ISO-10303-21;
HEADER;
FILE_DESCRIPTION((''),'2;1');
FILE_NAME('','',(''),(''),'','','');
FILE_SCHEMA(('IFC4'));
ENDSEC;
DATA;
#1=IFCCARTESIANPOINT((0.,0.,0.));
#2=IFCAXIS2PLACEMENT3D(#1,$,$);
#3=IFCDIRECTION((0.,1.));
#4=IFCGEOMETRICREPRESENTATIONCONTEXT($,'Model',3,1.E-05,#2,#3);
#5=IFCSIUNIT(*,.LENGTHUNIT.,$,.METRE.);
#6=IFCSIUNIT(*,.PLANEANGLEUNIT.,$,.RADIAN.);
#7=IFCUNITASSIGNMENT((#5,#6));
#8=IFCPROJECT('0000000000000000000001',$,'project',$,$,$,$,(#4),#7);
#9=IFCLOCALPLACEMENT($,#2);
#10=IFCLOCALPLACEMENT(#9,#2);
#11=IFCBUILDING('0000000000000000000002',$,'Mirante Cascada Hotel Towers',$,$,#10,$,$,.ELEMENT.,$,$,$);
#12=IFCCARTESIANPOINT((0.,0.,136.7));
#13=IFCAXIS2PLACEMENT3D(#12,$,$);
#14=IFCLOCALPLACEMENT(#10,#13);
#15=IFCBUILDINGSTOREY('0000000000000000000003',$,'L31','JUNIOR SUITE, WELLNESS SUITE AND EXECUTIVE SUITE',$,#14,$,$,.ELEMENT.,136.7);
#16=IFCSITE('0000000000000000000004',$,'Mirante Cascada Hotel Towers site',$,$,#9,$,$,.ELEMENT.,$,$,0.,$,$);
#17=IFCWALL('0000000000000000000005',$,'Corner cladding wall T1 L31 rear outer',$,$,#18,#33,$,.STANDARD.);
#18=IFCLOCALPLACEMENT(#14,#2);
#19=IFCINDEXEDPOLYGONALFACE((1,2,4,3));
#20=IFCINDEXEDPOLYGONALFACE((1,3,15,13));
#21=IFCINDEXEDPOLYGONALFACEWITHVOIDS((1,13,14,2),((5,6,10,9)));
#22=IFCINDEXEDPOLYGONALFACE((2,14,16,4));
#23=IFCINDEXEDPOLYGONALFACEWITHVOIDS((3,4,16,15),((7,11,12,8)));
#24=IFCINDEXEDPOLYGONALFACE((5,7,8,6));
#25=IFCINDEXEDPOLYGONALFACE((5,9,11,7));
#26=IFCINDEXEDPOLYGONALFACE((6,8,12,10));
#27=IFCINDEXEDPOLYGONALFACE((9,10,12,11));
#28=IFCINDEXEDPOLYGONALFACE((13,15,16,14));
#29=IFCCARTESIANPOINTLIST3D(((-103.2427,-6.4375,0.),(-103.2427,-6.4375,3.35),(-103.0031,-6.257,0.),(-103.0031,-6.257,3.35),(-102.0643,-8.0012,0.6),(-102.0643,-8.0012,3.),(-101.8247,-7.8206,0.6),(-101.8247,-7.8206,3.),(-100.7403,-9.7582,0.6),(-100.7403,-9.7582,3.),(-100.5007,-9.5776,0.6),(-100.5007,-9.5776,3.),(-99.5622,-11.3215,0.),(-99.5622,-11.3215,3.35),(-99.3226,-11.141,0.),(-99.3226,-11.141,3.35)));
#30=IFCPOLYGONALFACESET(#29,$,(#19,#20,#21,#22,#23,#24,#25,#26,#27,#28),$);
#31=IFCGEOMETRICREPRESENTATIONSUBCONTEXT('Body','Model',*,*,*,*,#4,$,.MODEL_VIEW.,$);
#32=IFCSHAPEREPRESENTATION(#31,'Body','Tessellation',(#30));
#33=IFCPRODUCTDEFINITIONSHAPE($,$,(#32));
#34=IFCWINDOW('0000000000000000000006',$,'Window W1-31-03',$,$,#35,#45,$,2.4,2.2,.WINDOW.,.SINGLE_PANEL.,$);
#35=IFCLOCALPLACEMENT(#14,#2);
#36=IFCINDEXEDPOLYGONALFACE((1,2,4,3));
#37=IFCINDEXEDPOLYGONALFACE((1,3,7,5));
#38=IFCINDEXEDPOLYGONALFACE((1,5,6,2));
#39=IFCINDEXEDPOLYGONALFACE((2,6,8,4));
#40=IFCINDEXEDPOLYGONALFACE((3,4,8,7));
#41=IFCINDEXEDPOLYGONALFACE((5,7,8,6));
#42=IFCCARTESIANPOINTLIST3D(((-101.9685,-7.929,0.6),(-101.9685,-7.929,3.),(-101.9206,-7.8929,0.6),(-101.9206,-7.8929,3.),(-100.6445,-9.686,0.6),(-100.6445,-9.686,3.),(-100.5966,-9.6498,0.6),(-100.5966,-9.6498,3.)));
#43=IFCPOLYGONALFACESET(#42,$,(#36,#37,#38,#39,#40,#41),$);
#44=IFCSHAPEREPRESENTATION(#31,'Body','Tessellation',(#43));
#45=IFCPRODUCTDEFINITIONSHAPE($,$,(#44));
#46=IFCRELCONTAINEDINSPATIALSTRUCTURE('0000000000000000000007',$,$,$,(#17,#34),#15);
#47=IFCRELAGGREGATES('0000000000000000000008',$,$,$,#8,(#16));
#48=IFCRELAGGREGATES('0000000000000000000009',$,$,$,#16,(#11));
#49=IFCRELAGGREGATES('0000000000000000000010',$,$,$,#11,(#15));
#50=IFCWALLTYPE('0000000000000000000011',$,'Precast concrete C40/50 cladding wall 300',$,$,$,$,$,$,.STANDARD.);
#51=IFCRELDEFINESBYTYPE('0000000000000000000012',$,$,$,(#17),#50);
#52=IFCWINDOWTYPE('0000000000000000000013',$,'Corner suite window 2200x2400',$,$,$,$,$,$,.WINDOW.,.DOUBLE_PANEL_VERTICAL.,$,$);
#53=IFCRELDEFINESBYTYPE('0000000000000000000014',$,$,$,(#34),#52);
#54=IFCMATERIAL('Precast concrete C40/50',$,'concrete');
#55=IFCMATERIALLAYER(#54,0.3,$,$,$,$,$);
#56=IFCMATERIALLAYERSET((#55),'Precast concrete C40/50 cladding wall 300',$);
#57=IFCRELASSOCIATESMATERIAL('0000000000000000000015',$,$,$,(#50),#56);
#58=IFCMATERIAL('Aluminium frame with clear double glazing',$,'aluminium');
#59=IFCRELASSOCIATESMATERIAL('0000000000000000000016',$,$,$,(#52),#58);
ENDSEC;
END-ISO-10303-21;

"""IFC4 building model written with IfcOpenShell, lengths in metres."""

from ifc_helpers import new_model, si_unit, direction, frame, frame_2d, origin, place, context, subcontext, project, spatial, rectangle, extrude, material, layer, layer_set, type_object, element, fill, save


model = new_model("IFC4")

# Units and contexts
model_context = context("Model", 3, precision=1e-05, world=origin(), true_north=direction((0.0, 1.0)))
body_context = subcontext(model_context, "Body", "Model", "MODEL_VIEW")
ifc_project = project(units=[si_unit("LENGTHUNIT", "METRE"), si_unit("PLANEANGLEUNIT", "RADIAN")], contexts=[model_context])

# Site, building, storey
site_placement = place(None, origin())
site = spatial("IfcSite", under=ifc_project, at=site_placement, Name="Mirante Cascada Hotel Towers site", CompositionType="ELEMENT", RefElevation=0.0)
building_placement = place(site_placement, origin())
building = spatial("IfcBuilding", under=site, at=building_placement, Name="Mirante Cascada Hotel Towers", CompositionType="ELEMENT")
storey_placement = place(building_placement, frame((0.0, 0.0, 136.7)))
storey = spatial("IfcBuildingStorey", under=building, at=storey_placement, Name="L31", Description="JUNIOR SUITE, WELLNESS SUITE AND EXECUTIVE SUITE", CompositionType="ELEMENT", Elevation=136.7)

# Wall, opening, window
ifc_material_1 = material(Name="Precast concrete C40/50", Category="concrete")
ifc_layer_1 = layer(ifc_material_1, 0.3)
ifc_layer_set_1 = layer_set([ifc_layer_1], Name="Precast concrete C40/50 cladding wall 300")
wall_type_1 = type_object("IfcWallType", Name="Precast concrete C40/50 cladding wall 300", PredefinedType="STANDARD", material=ifc_layer_set_1)
wall_1_placement = place(storey_placement, frame((-99.4424, -11.2313, 0.0), z_axis=(0.0, 0.0, 1.0), x_axis=(-0.601819, 0.798632, 0.0)))
wall_1 = element("IfcWall", 1, at=wall_1_placement, inside=storey, type_object=wall_type_1, Name="Corner cladding wall T1 L31 rear outer", PredefinedType="STANDARD", context=body_context, shape_type="SweptSolid", body=[
    extrude(rectangle(XDim=6.1155, YDim=0.3, at=frame_2d((3.0578, 0.0))), origin(), (0.0, 0.0, 1.0), 3.35),
])
opening_placement = place(wall_1_placement, frame((1.9576, 0.0, 0.6)))
opening = element("IfcOpeningElement", 2, at=opening_placement, cuts=wall_1, PredefinedType="OPENING", context=body_context, shape_type="SweptSolid", body=[
    extrude(rectangle(XDim=2.2, YDim=2.4, at=frame_2d((1.1, 1.2))), frame((0.0, 0.15, 0.0), z_axis=(0.0, -1.0, 0.0), x_axis=(1.0, 0.0, 0.0)), (0.0, 0.0, 1.0), 0.3),
])
ifc_material_2 = material(Name="Aluminium frame with clear double glazing", Category="aluminium")
window_type = type_object("IfcWindowType", Name="Corner suite window 2200x2400", PartitioningType="DOUBLE_PANEL_VERTICAL", PredefinedType="WINDOW", material=ifc_material_2)
window_placement = place(opening_placement, origin())
window = element("IfcWindow", 3, at=window_placement, inside=storey, type_object=window_type, Name="Window W1-31-03", OverallHeight=2.4, OverallWidth=2.2, PartitioningType="SINGLE_PANEL", PredefinedType="WINDOW", context=body_context, shape_type="SweptSolid", body=[
    extrude(rectangle(XDim=2.2, YDim=2.4, at=frame_2d((1.1, 1.2))), frame((0.0, 0.03, 0.0), z_axis=(0.0, -1.0, 0.0), x_axis=(1.0, 0.0, 0.0)), (0.0, 0.0, 1.0), 0.06),
])
fill(opening, window)

save(model, "model.ifc")
